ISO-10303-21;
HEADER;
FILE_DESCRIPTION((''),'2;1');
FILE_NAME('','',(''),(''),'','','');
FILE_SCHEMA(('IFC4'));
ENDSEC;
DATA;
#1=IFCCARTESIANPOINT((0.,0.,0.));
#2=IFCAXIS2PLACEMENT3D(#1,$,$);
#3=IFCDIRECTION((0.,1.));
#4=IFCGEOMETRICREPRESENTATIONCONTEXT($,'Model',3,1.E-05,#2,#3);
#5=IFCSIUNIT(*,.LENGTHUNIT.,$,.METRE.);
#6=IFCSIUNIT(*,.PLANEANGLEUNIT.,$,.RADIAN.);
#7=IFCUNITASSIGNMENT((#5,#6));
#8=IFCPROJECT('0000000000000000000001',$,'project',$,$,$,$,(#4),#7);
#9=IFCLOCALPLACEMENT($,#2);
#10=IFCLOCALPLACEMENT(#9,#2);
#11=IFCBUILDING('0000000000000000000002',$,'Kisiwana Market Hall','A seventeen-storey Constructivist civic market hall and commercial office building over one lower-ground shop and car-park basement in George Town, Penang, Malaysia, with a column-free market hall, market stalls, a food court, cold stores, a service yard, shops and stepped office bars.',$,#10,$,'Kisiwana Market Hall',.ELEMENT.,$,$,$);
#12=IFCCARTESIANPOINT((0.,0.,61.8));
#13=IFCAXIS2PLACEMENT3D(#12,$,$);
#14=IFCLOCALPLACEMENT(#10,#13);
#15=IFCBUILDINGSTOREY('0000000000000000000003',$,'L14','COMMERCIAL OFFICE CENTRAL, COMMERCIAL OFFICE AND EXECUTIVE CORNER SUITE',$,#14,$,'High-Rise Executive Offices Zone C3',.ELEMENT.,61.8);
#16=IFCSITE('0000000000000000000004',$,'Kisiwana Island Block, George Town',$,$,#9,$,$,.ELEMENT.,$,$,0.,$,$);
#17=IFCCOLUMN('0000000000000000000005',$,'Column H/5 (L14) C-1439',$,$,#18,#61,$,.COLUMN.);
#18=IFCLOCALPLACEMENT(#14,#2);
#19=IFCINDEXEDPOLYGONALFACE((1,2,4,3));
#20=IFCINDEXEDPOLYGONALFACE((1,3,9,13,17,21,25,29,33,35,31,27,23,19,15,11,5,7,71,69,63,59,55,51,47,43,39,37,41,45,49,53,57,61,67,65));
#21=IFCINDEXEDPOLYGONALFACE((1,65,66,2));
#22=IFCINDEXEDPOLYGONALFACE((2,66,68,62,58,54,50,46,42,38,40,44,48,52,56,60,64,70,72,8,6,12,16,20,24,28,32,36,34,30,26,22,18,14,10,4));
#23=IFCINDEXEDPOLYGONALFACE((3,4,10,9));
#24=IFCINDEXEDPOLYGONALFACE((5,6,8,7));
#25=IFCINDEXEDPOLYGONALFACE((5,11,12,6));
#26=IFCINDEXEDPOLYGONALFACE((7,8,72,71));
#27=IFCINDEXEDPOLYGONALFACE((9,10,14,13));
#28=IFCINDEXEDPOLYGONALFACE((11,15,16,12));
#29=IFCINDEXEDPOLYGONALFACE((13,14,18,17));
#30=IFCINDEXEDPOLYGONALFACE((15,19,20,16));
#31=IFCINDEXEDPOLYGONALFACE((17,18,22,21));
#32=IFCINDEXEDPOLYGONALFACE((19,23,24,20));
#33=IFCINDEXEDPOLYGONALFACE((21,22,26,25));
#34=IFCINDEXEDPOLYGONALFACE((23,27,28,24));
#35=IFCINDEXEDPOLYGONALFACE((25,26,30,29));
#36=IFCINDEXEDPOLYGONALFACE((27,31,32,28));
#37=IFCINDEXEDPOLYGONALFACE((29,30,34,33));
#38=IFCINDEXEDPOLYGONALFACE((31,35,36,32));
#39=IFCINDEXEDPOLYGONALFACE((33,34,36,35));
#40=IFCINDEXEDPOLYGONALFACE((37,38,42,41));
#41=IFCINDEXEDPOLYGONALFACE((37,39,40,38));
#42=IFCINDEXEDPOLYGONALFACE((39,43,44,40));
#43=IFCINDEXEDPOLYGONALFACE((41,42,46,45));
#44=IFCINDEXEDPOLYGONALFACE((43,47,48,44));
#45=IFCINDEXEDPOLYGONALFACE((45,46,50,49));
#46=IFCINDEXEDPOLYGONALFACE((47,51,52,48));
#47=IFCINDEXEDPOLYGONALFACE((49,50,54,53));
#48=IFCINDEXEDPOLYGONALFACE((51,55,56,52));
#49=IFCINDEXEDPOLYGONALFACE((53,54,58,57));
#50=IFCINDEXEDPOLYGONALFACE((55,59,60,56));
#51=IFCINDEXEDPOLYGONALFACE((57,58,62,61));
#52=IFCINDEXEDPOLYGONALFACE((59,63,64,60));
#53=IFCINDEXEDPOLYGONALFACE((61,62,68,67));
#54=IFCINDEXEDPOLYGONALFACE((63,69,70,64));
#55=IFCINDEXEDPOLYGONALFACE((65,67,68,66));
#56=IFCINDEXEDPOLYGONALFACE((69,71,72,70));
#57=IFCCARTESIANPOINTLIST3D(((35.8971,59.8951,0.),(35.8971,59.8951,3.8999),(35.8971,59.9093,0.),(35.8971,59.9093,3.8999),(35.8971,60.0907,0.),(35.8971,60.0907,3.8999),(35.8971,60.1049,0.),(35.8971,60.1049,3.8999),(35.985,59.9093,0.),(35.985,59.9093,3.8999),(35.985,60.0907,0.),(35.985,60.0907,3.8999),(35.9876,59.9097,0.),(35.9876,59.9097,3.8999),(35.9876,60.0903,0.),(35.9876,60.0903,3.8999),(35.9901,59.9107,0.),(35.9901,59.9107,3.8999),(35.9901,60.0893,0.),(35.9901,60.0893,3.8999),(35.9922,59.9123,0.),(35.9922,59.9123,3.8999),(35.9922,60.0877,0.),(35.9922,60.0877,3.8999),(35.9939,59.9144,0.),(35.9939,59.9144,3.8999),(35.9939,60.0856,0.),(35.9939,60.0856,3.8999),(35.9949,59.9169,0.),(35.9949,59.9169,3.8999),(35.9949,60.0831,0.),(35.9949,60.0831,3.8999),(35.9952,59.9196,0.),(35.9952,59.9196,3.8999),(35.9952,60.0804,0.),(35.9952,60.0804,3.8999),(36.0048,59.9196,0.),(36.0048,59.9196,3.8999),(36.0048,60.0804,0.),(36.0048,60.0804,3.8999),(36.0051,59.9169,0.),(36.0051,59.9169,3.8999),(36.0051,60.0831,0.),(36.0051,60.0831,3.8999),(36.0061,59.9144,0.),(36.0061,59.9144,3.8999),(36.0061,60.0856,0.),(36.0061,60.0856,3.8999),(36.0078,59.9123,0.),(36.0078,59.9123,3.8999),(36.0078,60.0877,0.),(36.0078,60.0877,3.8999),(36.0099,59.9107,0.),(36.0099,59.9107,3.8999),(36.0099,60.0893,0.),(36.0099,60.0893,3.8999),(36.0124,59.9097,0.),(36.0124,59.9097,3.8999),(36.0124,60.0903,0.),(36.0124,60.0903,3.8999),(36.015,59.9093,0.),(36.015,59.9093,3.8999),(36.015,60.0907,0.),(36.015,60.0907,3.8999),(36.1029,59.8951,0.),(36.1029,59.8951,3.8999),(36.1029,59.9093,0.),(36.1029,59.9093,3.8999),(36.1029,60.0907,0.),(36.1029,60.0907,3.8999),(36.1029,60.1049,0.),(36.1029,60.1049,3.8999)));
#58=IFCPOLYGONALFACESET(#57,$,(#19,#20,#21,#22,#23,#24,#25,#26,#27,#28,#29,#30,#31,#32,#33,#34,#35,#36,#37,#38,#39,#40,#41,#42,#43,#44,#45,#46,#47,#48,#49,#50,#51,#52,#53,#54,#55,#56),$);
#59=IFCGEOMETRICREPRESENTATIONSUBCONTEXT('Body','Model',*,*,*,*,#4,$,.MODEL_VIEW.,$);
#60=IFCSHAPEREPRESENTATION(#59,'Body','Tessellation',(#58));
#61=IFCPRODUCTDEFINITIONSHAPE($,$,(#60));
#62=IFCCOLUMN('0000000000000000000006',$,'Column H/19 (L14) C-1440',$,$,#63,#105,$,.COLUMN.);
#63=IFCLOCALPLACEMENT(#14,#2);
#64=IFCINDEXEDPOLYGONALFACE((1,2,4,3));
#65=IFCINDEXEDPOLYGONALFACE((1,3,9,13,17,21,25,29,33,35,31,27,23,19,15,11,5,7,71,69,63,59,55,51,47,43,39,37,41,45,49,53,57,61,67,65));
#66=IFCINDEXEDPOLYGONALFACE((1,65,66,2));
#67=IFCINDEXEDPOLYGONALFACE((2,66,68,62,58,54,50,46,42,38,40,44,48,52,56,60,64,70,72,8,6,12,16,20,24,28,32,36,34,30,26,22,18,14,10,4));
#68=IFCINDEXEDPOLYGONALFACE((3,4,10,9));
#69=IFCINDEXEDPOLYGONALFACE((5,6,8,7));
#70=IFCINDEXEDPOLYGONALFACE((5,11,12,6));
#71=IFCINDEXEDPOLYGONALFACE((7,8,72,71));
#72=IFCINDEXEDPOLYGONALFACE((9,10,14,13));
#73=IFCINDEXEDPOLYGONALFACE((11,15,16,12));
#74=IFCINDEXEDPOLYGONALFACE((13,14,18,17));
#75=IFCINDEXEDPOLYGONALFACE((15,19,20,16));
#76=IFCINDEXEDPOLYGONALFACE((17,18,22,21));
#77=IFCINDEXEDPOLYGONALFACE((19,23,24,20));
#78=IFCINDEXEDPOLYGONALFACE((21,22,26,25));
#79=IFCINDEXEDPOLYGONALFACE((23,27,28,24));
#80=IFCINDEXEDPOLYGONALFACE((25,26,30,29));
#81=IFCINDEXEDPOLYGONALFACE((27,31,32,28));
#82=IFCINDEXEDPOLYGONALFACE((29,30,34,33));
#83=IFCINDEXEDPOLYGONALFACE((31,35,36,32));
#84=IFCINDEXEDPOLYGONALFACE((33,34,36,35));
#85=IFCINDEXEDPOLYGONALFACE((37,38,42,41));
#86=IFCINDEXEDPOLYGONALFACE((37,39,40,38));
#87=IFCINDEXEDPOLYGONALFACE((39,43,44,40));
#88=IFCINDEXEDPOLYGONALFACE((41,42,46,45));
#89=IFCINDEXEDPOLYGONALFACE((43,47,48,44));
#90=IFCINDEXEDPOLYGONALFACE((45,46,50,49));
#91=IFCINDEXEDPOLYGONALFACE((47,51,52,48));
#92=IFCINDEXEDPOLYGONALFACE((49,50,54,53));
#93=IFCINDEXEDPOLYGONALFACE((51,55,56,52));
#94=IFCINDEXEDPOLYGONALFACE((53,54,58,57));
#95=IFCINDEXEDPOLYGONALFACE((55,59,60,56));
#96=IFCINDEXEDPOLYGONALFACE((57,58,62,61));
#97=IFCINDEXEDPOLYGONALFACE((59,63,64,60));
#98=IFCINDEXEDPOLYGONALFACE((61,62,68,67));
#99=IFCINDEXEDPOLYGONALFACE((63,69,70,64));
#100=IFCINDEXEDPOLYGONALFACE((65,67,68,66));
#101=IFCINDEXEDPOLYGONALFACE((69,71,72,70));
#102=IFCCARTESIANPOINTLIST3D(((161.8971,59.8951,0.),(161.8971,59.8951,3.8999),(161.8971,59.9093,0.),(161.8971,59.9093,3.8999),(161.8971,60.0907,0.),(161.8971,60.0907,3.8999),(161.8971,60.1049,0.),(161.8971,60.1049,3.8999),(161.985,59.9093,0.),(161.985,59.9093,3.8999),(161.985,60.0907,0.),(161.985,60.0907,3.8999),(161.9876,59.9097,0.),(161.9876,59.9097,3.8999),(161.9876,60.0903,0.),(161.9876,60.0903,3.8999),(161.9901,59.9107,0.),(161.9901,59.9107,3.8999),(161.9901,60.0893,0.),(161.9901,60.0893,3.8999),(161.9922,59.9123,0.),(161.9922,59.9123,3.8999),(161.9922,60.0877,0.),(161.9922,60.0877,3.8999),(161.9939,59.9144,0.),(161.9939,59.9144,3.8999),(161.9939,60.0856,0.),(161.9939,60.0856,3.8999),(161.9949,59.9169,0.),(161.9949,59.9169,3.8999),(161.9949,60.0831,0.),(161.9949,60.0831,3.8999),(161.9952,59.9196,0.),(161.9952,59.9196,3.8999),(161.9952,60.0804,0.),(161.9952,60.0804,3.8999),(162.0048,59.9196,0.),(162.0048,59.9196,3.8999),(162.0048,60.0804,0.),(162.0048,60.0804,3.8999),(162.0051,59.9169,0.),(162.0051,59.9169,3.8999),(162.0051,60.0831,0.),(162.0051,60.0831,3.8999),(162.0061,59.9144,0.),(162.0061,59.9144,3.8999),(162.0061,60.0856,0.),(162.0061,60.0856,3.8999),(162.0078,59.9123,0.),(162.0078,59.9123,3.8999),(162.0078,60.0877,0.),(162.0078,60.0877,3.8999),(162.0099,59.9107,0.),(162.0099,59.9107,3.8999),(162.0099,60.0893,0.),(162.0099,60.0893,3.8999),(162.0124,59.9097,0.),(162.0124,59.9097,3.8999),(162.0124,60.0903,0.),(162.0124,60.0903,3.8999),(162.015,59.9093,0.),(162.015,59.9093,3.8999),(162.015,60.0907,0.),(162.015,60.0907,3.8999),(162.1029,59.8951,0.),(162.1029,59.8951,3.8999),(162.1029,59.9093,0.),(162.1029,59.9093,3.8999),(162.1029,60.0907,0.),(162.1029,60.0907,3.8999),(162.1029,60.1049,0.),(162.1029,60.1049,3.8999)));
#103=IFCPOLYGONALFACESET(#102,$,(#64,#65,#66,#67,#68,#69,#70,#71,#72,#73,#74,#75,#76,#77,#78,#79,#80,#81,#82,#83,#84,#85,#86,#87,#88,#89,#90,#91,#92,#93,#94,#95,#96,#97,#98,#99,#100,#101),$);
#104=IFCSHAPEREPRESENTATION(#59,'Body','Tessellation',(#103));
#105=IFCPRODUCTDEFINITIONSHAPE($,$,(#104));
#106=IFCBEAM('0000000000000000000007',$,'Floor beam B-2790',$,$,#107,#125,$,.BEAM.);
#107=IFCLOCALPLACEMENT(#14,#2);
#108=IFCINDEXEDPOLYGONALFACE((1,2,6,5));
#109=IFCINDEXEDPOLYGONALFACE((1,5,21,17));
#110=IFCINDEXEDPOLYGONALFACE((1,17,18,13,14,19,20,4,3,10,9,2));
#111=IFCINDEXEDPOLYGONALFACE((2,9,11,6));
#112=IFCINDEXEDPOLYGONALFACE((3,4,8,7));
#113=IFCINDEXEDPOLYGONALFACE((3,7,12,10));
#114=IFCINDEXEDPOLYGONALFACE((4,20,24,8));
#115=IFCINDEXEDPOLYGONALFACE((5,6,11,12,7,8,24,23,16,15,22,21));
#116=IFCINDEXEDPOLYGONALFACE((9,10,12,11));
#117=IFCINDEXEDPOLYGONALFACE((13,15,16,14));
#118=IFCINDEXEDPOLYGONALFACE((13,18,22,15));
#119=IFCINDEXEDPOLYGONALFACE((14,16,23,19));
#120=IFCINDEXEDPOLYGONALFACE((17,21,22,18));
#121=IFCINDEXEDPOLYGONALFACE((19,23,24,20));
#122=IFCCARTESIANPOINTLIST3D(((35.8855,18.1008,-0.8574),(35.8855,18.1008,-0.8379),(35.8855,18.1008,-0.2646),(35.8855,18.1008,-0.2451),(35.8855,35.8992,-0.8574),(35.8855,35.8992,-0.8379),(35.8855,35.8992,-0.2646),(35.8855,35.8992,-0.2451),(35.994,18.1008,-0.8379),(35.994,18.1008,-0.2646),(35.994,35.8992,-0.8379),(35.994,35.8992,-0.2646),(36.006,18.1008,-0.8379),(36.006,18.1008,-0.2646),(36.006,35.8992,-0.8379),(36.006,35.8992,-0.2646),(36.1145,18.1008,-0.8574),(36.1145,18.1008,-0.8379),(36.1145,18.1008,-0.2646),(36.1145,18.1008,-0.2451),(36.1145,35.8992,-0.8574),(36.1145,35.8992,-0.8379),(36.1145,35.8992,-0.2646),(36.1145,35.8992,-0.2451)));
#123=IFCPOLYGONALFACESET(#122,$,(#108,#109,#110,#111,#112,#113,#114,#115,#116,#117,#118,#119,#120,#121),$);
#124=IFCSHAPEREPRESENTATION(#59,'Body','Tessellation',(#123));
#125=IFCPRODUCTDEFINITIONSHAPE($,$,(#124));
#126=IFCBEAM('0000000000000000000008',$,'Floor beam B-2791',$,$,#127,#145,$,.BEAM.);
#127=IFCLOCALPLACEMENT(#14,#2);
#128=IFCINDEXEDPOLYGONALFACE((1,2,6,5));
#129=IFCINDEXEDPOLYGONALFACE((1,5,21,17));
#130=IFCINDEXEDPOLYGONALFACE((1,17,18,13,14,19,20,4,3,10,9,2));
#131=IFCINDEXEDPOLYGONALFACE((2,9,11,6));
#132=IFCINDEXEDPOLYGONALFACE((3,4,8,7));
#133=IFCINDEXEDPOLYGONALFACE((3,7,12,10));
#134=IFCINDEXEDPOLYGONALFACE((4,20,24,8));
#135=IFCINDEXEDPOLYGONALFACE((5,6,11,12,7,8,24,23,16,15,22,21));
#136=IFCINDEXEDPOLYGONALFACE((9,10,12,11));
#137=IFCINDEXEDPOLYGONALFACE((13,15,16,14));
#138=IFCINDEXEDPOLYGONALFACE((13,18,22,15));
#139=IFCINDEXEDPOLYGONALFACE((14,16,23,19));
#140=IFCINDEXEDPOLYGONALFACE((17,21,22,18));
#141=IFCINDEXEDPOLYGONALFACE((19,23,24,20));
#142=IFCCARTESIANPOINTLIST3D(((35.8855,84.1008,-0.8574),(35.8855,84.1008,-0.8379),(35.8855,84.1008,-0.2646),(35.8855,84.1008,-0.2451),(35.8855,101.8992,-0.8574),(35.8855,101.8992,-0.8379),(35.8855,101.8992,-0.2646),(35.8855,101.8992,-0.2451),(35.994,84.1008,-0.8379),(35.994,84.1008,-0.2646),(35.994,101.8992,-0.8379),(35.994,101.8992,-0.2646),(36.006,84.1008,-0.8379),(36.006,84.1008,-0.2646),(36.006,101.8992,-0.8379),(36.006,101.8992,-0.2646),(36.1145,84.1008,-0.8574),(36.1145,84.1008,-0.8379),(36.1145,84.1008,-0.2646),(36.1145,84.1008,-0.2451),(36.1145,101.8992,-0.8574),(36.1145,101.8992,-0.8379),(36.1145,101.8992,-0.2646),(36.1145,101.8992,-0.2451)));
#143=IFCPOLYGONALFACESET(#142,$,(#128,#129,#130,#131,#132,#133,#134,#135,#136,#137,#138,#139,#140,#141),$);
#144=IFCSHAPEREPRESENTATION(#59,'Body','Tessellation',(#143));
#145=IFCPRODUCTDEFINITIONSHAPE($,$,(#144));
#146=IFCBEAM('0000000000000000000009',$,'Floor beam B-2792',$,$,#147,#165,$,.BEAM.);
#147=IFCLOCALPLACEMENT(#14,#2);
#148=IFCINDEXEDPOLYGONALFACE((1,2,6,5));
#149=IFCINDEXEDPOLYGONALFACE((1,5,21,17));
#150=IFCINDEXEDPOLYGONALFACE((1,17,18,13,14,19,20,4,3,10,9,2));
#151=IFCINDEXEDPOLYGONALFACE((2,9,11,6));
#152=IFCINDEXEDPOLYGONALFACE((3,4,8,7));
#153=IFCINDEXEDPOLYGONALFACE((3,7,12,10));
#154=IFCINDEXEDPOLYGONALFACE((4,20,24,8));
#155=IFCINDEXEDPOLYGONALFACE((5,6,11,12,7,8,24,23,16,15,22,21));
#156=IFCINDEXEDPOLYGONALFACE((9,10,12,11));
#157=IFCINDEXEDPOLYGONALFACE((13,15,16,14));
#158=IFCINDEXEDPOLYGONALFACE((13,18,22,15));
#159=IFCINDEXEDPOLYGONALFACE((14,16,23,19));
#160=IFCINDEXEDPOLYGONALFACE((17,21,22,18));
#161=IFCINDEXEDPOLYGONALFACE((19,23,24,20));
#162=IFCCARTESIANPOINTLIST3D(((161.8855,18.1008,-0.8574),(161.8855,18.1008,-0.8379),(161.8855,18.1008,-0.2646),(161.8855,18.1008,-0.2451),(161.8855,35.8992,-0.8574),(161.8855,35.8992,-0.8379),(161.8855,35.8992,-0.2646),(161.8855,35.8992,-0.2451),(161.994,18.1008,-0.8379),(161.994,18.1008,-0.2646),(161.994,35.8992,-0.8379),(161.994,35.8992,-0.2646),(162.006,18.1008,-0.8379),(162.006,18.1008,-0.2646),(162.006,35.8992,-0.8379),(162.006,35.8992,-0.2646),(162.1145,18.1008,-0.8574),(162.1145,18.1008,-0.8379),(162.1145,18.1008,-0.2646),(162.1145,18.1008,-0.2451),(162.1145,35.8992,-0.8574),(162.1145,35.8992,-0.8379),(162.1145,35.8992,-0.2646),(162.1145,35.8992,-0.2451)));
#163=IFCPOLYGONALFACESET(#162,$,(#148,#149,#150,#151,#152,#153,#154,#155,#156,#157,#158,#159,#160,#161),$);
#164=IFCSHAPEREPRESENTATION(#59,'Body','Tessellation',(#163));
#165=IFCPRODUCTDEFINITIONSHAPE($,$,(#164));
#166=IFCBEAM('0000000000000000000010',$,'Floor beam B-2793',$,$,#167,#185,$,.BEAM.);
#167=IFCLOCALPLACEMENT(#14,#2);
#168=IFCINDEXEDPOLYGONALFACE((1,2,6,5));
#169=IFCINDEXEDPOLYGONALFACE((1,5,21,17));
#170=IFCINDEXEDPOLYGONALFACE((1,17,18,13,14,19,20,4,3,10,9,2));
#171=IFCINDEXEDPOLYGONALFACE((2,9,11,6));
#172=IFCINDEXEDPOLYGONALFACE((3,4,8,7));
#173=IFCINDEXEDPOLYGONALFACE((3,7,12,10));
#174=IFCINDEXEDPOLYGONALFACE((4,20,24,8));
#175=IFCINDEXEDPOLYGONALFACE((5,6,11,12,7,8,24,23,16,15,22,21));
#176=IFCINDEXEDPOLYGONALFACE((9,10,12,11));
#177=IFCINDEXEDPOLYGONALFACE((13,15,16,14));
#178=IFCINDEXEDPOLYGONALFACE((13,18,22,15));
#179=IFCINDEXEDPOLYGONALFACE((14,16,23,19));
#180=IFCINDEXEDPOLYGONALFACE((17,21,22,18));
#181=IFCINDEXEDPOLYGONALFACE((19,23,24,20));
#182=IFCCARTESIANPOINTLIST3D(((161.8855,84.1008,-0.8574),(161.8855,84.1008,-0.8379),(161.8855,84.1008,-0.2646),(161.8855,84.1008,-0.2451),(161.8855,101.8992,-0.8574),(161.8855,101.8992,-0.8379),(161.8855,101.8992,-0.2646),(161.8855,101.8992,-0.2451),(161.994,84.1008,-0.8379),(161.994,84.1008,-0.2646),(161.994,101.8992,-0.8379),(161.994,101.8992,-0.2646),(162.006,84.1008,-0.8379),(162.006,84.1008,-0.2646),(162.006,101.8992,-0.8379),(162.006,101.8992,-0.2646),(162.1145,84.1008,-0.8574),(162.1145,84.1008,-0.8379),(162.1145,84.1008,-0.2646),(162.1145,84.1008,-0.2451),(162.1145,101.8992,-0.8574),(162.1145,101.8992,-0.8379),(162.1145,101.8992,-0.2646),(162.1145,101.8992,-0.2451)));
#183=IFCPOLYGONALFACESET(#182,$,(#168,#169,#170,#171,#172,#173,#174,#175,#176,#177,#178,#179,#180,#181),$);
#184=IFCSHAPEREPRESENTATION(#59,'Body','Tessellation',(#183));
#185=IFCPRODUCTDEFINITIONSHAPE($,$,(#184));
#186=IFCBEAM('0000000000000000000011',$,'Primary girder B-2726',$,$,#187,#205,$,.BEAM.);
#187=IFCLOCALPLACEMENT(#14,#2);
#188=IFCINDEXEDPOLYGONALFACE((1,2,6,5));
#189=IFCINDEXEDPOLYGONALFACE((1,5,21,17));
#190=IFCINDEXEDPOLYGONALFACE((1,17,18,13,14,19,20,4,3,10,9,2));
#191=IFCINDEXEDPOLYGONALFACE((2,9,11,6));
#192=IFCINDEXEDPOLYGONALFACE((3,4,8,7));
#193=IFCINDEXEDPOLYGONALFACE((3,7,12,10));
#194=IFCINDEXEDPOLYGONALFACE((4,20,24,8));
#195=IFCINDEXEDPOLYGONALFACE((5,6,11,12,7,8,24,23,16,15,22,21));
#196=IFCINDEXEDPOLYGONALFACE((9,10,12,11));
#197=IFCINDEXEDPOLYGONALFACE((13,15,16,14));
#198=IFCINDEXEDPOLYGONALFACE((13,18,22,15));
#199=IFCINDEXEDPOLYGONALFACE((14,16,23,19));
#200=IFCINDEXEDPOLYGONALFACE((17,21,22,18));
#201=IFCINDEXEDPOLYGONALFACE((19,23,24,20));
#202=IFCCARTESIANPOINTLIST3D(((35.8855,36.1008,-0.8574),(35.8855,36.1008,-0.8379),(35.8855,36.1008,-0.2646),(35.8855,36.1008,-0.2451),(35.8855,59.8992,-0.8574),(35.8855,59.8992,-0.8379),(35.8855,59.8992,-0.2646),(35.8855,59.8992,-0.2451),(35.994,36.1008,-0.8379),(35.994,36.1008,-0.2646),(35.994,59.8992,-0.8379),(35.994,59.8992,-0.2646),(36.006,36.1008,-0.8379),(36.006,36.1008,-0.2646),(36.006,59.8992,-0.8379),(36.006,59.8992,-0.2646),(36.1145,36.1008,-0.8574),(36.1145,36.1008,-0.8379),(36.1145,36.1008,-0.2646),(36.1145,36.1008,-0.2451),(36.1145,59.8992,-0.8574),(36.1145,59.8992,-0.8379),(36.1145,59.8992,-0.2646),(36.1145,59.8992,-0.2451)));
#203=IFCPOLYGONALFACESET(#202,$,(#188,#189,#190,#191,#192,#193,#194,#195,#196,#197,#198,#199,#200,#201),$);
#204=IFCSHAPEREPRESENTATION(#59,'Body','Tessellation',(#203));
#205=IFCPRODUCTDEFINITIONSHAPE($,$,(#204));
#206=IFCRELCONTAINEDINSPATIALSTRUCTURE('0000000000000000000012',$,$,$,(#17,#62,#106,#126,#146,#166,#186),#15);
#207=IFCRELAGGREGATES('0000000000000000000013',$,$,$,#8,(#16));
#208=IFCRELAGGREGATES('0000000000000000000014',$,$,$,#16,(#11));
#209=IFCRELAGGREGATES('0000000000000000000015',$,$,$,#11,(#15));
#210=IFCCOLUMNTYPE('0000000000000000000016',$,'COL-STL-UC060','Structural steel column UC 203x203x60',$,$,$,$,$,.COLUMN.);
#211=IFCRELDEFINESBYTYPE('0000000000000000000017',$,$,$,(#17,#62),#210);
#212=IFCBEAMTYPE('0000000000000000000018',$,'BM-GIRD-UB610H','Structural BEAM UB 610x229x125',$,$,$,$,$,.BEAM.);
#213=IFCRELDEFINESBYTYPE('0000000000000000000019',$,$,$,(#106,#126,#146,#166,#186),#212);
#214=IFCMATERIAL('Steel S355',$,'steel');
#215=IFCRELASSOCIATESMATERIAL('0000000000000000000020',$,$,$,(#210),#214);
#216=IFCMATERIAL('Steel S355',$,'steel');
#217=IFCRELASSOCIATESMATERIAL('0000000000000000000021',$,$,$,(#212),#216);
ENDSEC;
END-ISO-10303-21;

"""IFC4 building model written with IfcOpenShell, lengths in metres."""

from ifc_helpers import new_model, si_unit, direction, frame, origin, origin_2d, place, context, subcontext, project, spatial, i_section, extrude, material, material_profile, profile_set, type_object, element, save


model = new_model("IFC4")

# Units and contexts
model_context = context("Model", 3, precision=1e-05, world=origin(), true_north=direction((0.0, 1.0)))
body_context = subcontext(model_context, "Body", "Model", "MODEL_VIEW")
ifc_project = project(units=[si_unit("LENGTHUNIT", "METRE"), si_unit("PLANEANGLEUNIT", "RADIAN")], contexts=[model_context])

# Site, building, storey
site_placement = place(None, origin())
site = spatial("IfcSite", under=ifc_project, at=site_placement, Name="Kisiwana Island Block, George Town", CompositionType="ELEMENT", RefElevation=0.0)
building_placement = place(site_placement, origin())
building = spatial("IfcBuilding", under=site, at=building_placement, Name="Kisiwana Market Hall", Description="A seventeen-storey Constructivist civic market hall and commercial office building over one lower-ground shop and car-park basement in George Town, Penang, Malaysia, with a column-free market hall, market stalls, a food court, cold stores, a service yard, shops and stepped office bars.", LongName="Kisiwana Market Hall", CompositionType="ELEMENT")
storey_placement = place(building_placement, frame((0.0, 0.0, 61.8)))
storey = spatial("IfcBuildingStorey", under=building, at=storey_placement, Name="L14", Description="COMMERCIAL OFFICE CENTRAL, COMMERCIAL OFFICE AND EXECUTIVE CORNER SUITE", LongName="High-Rise Executive Offices Zone C3", CompositionType="ELEMENT", Elevation=61.8)

# Columns
ifc_material_1 = material(Name="Steel S355", Category="steel")
ifc_material_profile_1 = material_profile(ifc_material_1, i_section(OverallWidth=0.2058, OverallDepth=0.2097, WebThickness=0.0095, FlangeThickness=0.0142, FilletRadius=0.0103, at=origin_2d()), Name="UC 203x203x60")
ifc_profile_set_1 = profile_set([ifc_material_profile_1], Name="Steel S355")
column_type = type_object("IfcColumnType", Name="COL-STL-UC060", Description="Structural steel column UC 203x203x60", PredefinedType="COLUMN", material=ifc_profile_set_1)
for number, where, z_axis, x_axis, name in (
    (1, (36.0, 60.0, 0.0), (0.0, 0.0, 1.0), (1.0, 0.0, 0.0), "Column H/5 (L14) C-1439"),
    (2, (162.0, 60.0, 0.0), (0.0, 0.0, 1.0), (1.0, 0.0, 0.0), "Column H/19 (L14) C-1440"),
):
    element("IfcColumn", number, at=place(storey_placement, frame(where, z_axis=z_axis, x_axis=x_axis)), inside=storey, type_object=column_type, Name=name, PredefinedType="COLUMN", context=body_context, shape_type="SweptSolid", body=[
        extrude(i_section(OverallWidth=0.2058, OverallDepth=0.2097, WebThickness=0.0095, FlangeThickness=0.0142, FilletRadius=0.0103, at=origin_2d()), origin(), (0.0, 0.0, 1.0), 3.8999),
    ])

# Beams
ifc_material_2 = material(Name="Steel S355", Category="steel")
ifc_material_profile_2 = material_profile(ifc_material_2, i_section(OverallWidth=0.229, OverallDepth=0.6123, WebThickness=0.012, FlangeThickness=0.0195, at=origin_2d()), Name="UB 610x229x125")
ifc_profile_set_2 = profile_set([ifc_material_profile_2], Name="Steel S355")
beam_type = type_object("IfcBeamType", Name="BM-GIRD-UB610H", Description="Structural BEAM UB 610x229x125", PredefinedType="BEAM", material=ifc_profile_set_2)
for number, where, z_axis, x_axis, name in (
    (3, (36.0, 18.1008, -0.5513), (0.0, 1.0, 0.0), (-1.0, 0.0, 0.0), "Floor beam B-2790"),
    (4, (36.0, 84.1008, -0.5513), (0.0, 1.0, 0.0), (-1.0, 0.0, 0.0), "Floor beam B-2791"),
    (5, (162.0, 18.1008, -0.5513), (0.0, 1.0, 0.0), (-1.0, 0.0, 0.0), "Floor beam B-2792"),
    (6, (162.0, 84.1008, -0.5513), (0.0, 1.0, 0.0), (-1.0, 0.0, 0.0), "Floor beam B-2793"),
):
    element("IfcBeam", number, at=place(storey_placement, frame(where, z_axis=z_axis, x_axis=x_axis)), inside=storey, type_object=beam_type, Name=name, PredefinedType="BEAM", context=body_context, shape_type="SweptSolid", body=[
        extrude(i_section(OverallWidth=0.229, OverallDepth=0.6123, WebThickness=0.012, FlangeThickness=0.0195, at=origin_2d()), origin(), (0.0, 0.0, 1.0), 17.7983),
    ])
for number, where, z_axis, x_axis, name in (
    (7, (36.0, 36.1008, -0.5513), (0.0, 1.0, 0.0), (-1.0, 0.0, 0.0), "Primary girder B-2726"),
):
    element("IfcBeam", number, at=place(storey_placement, frame(where, z_axis=z_axis, x_axis=x_axis)), inside=storey, type_object=beam_type, Name=name, PredefinedType="BEAM", context=body_context, shape_type="SweptSolid", body=[
        extrude(i_section(OverallWidth=0.229, OverallDepth=0.6123, WebThickness=0.012, FlangeThickness=0.0195, at=origin_2d()), origin(), (0.0, 0.0, 1.0), 23.7983),
    ])

save(model, "model.ifc")
